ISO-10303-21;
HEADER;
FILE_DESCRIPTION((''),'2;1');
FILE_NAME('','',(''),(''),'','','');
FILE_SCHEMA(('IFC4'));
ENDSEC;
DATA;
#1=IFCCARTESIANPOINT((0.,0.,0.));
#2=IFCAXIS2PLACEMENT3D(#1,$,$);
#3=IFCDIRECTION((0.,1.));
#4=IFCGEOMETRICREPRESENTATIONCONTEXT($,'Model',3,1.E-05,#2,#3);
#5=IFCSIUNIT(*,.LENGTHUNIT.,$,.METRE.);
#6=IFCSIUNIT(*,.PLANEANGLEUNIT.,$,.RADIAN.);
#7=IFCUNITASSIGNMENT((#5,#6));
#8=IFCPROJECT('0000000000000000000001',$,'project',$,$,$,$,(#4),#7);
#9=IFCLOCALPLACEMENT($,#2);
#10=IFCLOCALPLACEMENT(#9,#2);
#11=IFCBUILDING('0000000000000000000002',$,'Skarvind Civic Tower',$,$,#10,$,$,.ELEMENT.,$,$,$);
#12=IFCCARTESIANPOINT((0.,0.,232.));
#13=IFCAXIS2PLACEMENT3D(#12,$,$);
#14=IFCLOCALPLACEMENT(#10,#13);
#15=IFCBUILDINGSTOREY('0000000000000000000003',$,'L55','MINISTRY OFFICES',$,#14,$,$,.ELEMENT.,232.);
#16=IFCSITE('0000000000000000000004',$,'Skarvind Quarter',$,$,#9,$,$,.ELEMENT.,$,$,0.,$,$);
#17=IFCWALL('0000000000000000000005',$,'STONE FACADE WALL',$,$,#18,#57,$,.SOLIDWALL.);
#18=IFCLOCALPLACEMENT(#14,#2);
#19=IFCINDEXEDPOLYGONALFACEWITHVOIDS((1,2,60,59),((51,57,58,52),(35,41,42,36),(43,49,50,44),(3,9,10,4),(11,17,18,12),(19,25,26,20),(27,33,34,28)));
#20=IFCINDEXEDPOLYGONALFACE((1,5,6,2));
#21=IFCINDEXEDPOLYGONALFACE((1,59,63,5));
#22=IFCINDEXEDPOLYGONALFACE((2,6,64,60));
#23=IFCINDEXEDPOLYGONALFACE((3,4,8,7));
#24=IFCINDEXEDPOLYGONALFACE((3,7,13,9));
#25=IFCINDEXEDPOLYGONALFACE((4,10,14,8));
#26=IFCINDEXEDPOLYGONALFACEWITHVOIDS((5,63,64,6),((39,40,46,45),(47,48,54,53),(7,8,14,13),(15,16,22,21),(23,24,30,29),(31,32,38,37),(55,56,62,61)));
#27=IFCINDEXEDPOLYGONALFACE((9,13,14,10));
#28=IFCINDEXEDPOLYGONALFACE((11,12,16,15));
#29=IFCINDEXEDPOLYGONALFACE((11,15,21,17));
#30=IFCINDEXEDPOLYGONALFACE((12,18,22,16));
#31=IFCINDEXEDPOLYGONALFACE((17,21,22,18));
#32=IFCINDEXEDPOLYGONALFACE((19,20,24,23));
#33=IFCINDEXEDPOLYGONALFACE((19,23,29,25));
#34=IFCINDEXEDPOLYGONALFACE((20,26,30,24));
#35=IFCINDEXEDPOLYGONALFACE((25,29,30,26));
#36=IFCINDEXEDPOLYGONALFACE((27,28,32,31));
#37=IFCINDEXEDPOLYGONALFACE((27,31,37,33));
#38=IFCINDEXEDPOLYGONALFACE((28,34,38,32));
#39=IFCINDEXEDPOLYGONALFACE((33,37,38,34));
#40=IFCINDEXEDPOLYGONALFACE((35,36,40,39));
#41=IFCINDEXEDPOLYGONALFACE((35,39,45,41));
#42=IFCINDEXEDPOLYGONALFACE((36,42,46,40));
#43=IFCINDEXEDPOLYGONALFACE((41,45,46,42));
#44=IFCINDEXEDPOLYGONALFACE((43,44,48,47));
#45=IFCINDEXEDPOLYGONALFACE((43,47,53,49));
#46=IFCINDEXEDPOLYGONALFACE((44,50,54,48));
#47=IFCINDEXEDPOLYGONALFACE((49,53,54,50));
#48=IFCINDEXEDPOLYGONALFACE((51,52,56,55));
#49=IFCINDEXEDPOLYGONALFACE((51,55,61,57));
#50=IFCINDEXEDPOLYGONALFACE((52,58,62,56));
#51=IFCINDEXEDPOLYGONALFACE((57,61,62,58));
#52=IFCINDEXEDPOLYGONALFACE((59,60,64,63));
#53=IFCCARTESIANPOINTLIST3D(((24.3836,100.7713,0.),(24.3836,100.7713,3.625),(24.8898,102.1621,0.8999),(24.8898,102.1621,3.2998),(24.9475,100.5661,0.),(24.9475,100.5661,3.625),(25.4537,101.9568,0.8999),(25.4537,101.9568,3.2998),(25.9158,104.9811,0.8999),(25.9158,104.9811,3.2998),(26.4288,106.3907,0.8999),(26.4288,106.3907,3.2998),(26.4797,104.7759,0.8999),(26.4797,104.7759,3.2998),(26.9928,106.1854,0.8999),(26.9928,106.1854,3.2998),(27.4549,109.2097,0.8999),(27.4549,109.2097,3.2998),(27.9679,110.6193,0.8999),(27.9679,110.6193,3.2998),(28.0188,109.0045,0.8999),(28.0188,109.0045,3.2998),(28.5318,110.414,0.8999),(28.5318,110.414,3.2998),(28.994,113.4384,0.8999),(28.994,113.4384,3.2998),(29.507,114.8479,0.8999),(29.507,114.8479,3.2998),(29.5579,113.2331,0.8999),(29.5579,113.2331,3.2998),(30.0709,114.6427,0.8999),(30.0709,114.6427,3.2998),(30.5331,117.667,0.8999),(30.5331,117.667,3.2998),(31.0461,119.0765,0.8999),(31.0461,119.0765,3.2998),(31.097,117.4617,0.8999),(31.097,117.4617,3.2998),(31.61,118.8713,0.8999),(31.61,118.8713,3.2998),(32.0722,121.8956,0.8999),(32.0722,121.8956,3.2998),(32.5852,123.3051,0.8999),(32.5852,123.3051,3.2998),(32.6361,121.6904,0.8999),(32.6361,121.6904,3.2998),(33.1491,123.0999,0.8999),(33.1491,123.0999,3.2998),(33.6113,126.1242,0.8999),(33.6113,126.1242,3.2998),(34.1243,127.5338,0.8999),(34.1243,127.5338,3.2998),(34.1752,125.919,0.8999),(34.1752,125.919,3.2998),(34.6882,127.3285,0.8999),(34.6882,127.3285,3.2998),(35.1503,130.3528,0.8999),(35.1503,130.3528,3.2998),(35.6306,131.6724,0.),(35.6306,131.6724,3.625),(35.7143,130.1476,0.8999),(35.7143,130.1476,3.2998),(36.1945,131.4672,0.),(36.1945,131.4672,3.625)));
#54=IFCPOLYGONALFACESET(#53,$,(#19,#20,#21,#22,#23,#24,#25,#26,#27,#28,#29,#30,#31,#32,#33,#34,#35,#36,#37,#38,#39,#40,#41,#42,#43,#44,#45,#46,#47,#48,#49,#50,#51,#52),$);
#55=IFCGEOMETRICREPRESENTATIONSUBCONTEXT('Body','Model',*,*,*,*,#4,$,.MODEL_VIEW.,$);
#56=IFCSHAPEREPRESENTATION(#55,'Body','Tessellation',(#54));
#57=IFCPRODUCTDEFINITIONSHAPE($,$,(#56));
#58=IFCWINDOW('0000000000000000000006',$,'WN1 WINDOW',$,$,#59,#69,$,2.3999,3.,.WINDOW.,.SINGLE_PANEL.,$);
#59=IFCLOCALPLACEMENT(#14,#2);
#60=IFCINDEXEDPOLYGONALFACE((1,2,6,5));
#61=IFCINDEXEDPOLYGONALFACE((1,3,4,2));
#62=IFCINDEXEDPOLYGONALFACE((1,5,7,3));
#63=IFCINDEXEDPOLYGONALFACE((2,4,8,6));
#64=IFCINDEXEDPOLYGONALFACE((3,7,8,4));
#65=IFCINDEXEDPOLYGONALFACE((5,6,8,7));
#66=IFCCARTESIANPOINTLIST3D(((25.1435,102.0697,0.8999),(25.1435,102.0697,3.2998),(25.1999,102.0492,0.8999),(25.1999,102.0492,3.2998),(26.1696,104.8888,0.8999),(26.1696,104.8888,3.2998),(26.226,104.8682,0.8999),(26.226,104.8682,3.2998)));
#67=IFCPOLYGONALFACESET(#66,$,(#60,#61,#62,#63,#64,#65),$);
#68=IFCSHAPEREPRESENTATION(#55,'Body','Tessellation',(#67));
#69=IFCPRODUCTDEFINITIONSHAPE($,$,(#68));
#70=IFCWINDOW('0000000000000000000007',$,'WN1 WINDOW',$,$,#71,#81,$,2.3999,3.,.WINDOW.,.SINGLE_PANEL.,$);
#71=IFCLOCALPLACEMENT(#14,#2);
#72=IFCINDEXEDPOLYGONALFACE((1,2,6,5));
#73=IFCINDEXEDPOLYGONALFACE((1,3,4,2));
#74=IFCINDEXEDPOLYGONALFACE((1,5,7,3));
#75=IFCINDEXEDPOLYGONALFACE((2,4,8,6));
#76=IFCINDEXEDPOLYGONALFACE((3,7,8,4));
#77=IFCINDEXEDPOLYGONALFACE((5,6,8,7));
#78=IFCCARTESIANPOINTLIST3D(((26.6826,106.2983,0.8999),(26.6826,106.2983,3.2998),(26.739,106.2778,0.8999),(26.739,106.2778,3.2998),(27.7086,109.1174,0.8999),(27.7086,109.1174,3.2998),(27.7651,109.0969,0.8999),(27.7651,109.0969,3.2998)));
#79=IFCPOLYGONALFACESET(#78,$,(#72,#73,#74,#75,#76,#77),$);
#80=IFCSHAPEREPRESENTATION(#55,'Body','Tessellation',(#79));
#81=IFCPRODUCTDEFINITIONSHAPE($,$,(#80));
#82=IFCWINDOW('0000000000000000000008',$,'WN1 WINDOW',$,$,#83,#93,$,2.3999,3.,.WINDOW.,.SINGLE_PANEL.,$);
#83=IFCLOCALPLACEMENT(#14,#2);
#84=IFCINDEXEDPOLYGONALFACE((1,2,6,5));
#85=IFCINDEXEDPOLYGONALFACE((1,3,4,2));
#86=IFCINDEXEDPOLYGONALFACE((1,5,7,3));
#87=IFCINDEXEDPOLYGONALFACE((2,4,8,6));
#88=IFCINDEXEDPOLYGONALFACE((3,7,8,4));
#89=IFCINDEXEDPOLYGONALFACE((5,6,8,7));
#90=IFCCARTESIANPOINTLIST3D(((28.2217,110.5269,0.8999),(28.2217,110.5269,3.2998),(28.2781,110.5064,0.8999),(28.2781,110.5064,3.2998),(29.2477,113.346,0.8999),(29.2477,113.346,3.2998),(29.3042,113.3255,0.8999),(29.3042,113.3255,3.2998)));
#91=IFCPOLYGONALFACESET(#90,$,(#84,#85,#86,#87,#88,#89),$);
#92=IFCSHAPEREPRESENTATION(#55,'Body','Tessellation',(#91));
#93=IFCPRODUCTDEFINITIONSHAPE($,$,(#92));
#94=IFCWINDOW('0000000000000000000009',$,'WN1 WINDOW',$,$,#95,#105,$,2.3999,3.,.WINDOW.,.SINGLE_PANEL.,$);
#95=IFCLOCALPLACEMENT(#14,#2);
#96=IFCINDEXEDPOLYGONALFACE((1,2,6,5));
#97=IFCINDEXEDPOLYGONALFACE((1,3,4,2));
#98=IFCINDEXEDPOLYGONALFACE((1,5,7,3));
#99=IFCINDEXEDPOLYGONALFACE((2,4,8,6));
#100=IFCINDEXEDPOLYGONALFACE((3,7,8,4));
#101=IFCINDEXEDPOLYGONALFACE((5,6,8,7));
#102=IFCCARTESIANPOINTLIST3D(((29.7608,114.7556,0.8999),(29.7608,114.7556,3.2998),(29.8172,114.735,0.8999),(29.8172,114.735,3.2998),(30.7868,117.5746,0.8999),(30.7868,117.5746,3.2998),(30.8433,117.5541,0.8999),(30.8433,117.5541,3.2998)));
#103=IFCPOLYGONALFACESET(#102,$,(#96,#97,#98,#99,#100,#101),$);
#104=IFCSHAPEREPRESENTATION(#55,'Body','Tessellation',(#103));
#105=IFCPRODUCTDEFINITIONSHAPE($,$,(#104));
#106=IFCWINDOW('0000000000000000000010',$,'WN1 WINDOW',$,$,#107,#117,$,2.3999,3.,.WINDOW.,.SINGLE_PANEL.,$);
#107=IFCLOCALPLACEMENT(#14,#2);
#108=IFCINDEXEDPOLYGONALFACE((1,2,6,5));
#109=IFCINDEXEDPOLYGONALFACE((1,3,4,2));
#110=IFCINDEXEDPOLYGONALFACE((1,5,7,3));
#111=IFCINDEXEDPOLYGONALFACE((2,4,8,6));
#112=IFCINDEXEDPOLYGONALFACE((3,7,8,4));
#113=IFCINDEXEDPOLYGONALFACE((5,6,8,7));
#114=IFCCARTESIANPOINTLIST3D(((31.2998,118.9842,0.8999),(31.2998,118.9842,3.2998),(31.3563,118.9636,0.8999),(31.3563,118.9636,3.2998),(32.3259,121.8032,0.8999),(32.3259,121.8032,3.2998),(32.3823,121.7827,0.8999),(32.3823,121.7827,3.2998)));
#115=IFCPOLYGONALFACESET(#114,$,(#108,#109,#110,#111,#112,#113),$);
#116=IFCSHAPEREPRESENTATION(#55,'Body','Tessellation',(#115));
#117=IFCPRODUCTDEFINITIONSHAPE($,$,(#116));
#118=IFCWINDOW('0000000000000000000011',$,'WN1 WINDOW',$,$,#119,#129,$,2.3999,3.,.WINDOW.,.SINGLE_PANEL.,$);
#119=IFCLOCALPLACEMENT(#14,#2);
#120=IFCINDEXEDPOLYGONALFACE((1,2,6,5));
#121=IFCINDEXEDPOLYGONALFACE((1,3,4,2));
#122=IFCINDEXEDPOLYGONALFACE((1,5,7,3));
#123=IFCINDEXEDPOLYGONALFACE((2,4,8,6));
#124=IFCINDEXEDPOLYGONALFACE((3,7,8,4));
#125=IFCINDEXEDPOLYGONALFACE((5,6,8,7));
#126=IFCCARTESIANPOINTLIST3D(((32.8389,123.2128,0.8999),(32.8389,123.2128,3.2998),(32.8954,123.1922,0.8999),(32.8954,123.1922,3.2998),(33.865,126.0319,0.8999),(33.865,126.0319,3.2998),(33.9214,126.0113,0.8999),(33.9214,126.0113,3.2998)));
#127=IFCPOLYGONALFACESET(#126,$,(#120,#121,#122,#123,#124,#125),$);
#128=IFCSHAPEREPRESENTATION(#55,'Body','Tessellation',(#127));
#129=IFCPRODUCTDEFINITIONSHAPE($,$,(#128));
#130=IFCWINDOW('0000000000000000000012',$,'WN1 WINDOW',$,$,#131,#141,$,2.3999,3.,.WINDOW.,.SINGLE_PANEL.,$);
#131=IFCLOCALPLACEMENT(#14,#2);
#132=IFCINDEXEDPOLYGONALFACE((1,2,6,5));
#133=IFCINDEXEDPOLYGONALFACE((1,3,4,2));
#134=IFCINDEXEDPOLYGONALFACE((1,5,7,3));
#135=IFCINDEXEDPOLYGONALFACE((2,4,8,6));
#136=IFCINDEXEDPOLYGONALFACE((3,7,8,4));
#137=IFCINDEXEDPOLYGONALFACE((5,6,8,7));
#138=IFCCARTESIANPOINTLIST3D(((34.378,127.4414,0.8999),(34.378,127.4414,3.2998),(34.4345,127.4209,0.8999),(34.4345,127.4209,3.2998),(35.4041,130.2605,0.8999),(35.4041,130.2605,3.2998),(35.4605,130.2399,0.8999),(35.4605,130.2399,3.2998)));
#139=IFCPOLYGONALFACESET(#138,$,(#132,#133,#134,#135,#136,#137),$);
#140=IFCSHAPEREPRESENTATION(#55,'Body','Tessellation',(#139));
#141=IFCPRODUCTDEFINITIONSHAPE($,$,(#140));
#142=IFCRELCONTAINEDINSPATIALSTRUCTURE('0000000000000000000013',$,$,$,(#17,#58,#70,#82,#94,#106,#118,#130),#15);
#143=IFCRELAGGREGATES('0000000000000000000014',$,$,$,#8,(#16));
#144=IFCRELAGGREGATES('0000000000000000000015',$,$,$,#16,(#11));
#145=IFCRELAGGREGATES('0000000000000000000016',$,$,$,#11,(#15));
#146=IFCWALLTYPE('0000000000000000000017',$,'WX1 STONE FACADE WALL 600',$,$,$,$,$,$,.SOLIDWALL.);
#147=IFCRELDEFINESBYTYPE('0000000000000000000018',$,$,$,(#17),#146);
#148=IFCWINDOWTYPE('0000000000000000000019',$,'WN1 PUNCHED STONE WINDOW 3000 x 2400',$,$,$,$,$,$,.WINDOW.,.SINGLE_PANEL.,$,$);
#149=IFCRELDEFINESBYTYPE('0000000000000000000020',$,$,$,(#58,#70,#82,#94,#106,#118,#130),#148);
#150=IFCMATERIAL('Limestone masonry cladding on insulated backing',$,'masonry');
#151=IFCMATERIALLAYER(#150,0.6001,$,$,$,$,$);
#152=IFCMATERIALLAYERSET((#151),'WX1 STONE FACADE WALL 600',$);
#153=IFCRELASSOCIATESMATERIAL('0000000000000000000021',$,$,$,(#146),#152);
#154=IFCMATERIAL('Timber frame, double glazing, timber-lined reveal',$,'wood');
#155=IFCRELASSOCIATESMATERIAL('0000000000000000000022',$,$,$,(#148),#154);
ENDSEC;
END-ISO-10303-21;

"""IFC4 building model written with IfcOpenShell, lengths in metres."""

from ifc_helpers import new_model, si_unit, direction, frame, frame_2d, origin, place, context, subcontext, project, spatial, rectangle, extrude, material, layer, layer_set, type_object, element, fill, save


model = new_model("IFC4")

# Units and contexts
model_context = context("Model", 3, precision=1e-05, world=origin(), true_north=direction((0.0, 1.0)))
body_context = subcontext(model_context, "Body", "Model", "MODEL_VIEW")
ifc_project = project(units=[si_unit("LENGTHUNIT", "METRE"), si_unit("PLANEANGLEUNIT", "RADIAN")], contexts=[model_context])

# Site, building, storey
site_placement = place(None, origin())
site = spatial("IfcSite", under=ifc_project, at=site_placement, Name="Skarvind Quarter", CompositionType="ELEMENT", RefElevation=0.0)
building_placement = place(site_placement, origin())
building = spatial("IfcBuilding", under=site, at=building_placement, Name="Skarvind Civic Tower", CompositionType="ELEMENT")
storey_placement = place(building_placement, frame((0.0, 0.0, 232.0)))
storey = spatial("IfcBuildingStorey", under=building, at=storey_placement, Name="L55", Description="MINISTRY OFFICES", CompositionType="ELEMENT", Elevation=232.0)

# Wall, openings, windows
ifc_material_1 = material(Name="Limestone masonry cladding on insulated backing", Category="masonry")
ifc_layer_1 = layer(ifc_material_1, 0.6001)
ifc_layer_set_1 = layer_set([ifc_layer_1], Name="WX1 STONE FACADE WALL 600")
wall_type_1 = type_object("IfcWallType", Name="WX1 STONE FACADE WALL 600", PredefinedType="SOLIDWALL", material=ifc_layer_set_1)
wall_1_placement = place(storey_placement, frame((24.6655, 100.6687, 0.0), z_axis=(0.0, 0.0, 1.0), x_axis=(0.34202, 0.939693, 0.0)))
wall_1 = element("IfcWall", 1, at=wall_1_placement, inside=storey, type_object=wall_type_1, Name="STONE FACADE WALL", PredefinedType="SOLIDWALL", context=body_context, shape_type="SweptSolid", body=[
    extrude(rectangle(XDim=32.8843, YDim=0.6001, at=frame_2d((16.4421, 0.0))), origin(), (0.0, 0.0, 1.0), 3.625),
])
opening_1_placement = place(wall_1_placement, frame((1.48, 0.0, 0.8999)))
opening_1 = element("IfcOpeningElement", 2, at=opening_1_placement, cuts=wall_1, PredefinedType="OPENING", context=body_context, shape_type="SweptSolid", body=[
    extrude(rectangle(XDim=3.0, YDim=2.3999, at=frame_2d((1.5, 1.2))), frame((0.0, 0.3101, 0.0), z_axis=(0.0, -1.0, 0.0), x_axis=(1.0, 0.0, 0.0)), (0.0, 0.0, 1.0), 0.6201),
])
opening_2_placement = place(wall_1_placement, frame((5.98, 0.0, 0.8999)))
opening_2 = element("IfcOpeningElement", 3, at=opening_2_placement, cuts=wall_1, PredefinedType="OPENING", context=body_context, shape_type="SweptSolid", body=[
    extrude(rectangle(XDim=3.0, YDim=2.3999, at=frame_2d((1.5, 1.2))), frame((0.0, 0.3101, 0.0), z_axis=(0.0, -1.0, 0.0), x_axis=(1.0, 0.0, 0.0)), (0.0, 0.0, 1.0), 0.6201),
])
opening_3_placement = place(wall_1_placement, frame((10.48, 0.0, 0.8999)))
opening_3 = element("IfcOpeningElement", 4, at=opening_3_placement, cuts=wall_1, PredefinedType="OPENING", context=body_context, shape_type="SweptSolid", body=[
    extrude(rectangle(XDim=3.0, YDim=2.3999, at=frame_2d((1.5, 1.2))), frame((0.0, 0.3101, 0.0), z_axis=(0.0, -1.0, 0.0), x_axis=(1.0, 0.0, 0.0)), (0.0, 0.0, 1.0), 0.6201),
])
opening_4_placement = place(wall_1_placement, frame((14.98, 0.0, 0.8999)))
opening_4 = element("IfcOpeningElement", 5, at=opening_4_placement, cuts=wall_1, PredefinedType="OPENING", context=body_context, shape_type="SweptSolid", body=[
    extrude(rectangle(XDim=3.0, YDim=2.3999, at=frame_2d((1.5, 1.2))), frame((0.0, 0.3101, 0.0), z_axis=(0.0, -1.0, 0.0), x_axis=(1.0, 0.0, 0.0)), (0.0, 0.0, 1.0), 0.6201),
])
opening_5_placement = place(wall_1_placement, frame((19.48, 0.0, 0.8999)))
opening_5 = element("IfcOpeningElement", 6, at=opening_5_placement, cuts=wall_1, PredefinedType="OPENING", context=body_context, shape_type="SweptSolid", body=[
    extrude(rectangle(XDim=3.0, YDim=2.3999, at=frame_2d((1.5, 1.2))), frame((0.0, 0.3101, 0.0), z_axis=(0.0, -1.0, 0.0), x_axis=(1.0, 0.0, 0.0)), (0.0, 0.0, 1.0), 0.6201),
])
opening_6_placement = place(wall_1_placement, frame((23.98, 0.0, 0.8999)))
opening_6 = element("IfcOpeningElement", 7, at=opening_6_placement, cuts=wall_1, PredefinedType="OPENING", context=body_context, shape_type="SweptSolid", body=[
    extrude(rectangle(XDim=3.0, YDim=2.3999, at=frame_2d((1.5, 1.2))), frame((0.0, 0.3101, 0.0), z_axis=(0.0, -1.0, 0.0), x_axis=(1.0, 0.0, 0.0)), (0.0, 0.0, 1.0), 0.6201),
])
opening_7_placement = place(wall_1_placement, frame((28.48, 0.0, 0.8999)))
opening_7 = element("IfcOpeningElement", 8, at=opening_7_placement, cuts=wall_1, PredefinedType="OPENING", context=body_context, shape_type="SweptSolid", body=[
    extrude(rectangle(XDim=3.0, YDim=2.3999, at=frame_2d((1.5, 1.2))), frame((0.0, 0.3101, 0.0), z_axis=(0.0, -1.0, 0.0), x_axis=(1.0, 0.0, 0.0)), (0.0, 0.0, 1.0), 0.6201),
])
ifc_material_2 = material(Name="Timber frame, double glazing, timber-lined reveal", Category="wood")
window_type = type_object("IfcWindowType", Name="WN1 PUNCHED STONE WINDOW 3000 x 2400", PartitioningType="SINGLE_PANEL", PredefinedType="WINDOW", material=ifc_material_2)
window_1_placement = place(opening_1_placement, origin())
window_1 = element("IfcWindow", 9, at=window_1_placement, inside=storey, type_object=window_type, Name="WN1 WINDOW", OverallHeight=2.3999, OverallWidth=3.0, PartitioningType="SINGLE_PANEL", PredefinedType="WINDOW", context=body_context, shape_type="SweptSolid", body=[
    extrude(rectangle(XDim=3.0, YDim=2.3999, at=frame_2d((1.5, 1.2))), frame((0.0, 0.03, 0.0), z_axis=(0.0, -1.0, 0.0), x_axis=(1.0, 0.0, 0.0)), (0.0, 0.0, 1.0), 0.0601),
])
fill(opening_1, window_1)
window_2_placement = place(opening_2_placement, origin())
window_2 = element("IfcWindow", 10, at=window_2_placement, inside=storey, type_object=window_type, Name="WN1 WINDOW", OverallHeight=2.3999, OverallWidth=3.0, PartitioningType="SINGLE_PANEL", PredefinedType="WINDOW", context=body_context, shape_type="SweptSolid", body=[
    extrude(rectangle(XDim=3.0, YDim=2.3999, at=frame_2d((1.5, 1.2))), frame((0.0, 0.03, 0.0), z_axis=(0.0, -1.0, 0.0), x_axis=(1.0, 0.0, 0.0)), (0.0, 0.0, 1.0), 0.0601),
])
fill(opening_2, window_2)
window_3_placement = place(opening_3_placement, origin())
window_3 = element("IfcWindow", 11, at=window_3_placement, inside=storey, type_object=window_type, Name="WN1 WINDOW", OverallHeight=2.3999, OverallWidth=3.0, PartitioningType="SINGLE_PANEL", PredefinedType="WINDOW", context=body_context, shape_type="SweptSolid", body=[
    extrude(rectangle(XDim=3.0, YDim=2.3999, at=frame_2d((1.5, 1.2))), frame((0.0, 0.03, 0.0), z_axis=(0.0, -1.0, 0.0), x_axis=(1.0, 0.0, 0.0)), (0.0, 0.0, 1.0), 0.0601),
])
fill(opening_3, window_3)
window_4_placement = place(opening_4_placement, origin())
window_4 = element("IfcWindow", 12, at=window_4_placement, inside=storey, type_object=window_type, Name="WN1 WINDOW", OverallHeight=2.3999, OverallWidth=3.0, PartitioningType="SINGLE_PANEL", PredefinedType="WINDOW", context=body_context, shape_type="SweptSolid", body=[
    extrude(rectangle(XDim=3.0, YDim=2.3999, at=frame_2d((1.5, 1.2))), frame((0.0, 0.03, 0.0), z_axis=(0.0, -1.0, 0.0), x_axis=(1.0, 0.0, 0.0)), (0.0, 0.0, 1.0), 0.0601),
])
fill(opening_4, window_4)
window_5_placement = place(opening_5_placement, origin())
window_5 = element("IfcWindow", 13, at=window_5_placement, inside=storey, type_object=window_type, Name="WN1 WINDOW", OverallHeight=2.3999, OverallWidth=3.0, PartitioningType="SINGLE_PANEL", PredefinedType="WINDOW", context=body_context, shape_type="SweptSolid", body=[
    extrude(rectangle(XDim=3.0, YDim=2.3999, at=frame_2d((1.5, 1.2))), frame((0.0, 0.03, 0.0), z_axis=(0.0, -1.0, 0.0), x_axis=(1.0, 0.0, 0.0)), (0.0, 0.0, 1.0), 0.0601),
])
fill(opening_5, window_5)
window_6_placement = place(opening_6_placement, origin())
window_6 = element("IfcWindow", 14, at=window_6_placement, inside=storey, type_object=window_type, Name="WN1 WINDOW", OverallHeight=2.3999, OverallWidth=3.0, PartitioningType="SINGLE_PANEL", PredefinedType="WINDOW", context=body_context, shape_type="SweptSolid", body=[
    extrude(rectangle(XDim=3.0, YDim=2.3999, at=frame_2d((1.5, 1.2))), frame((0.0, 0.03, 0.0), z_axis=(0.0, -1.0, 0.0), x_axis=(1.0, 0.0, 0.0)), (0.0, 0.0, 1.0), 0.0601),
])
fill(opening_6, window_6)
window_7_placement = place(opening_7_placement, origin())
window_7 = element("IfcWindow", 15, at=window_7_placement, inside=storey, type_object=window_type, Name="WN1 WINDOW", OverallHeight=2.3999, OverallWidth=3.0, PartitioningType="SINGLE_PANEL", PredefinedType="WINDOW", context=body_context, shape_type="SweptSolid", body=[
    extrude(rectangle(XDim=3.0, YDim=2.3999, at=frame_2d((1.5, 1.2))), frame((0.0, 0.03, 0.0), z_axis=(0.0, -1.0, 0.0), x_axis=(1.0, 0.0, 0.0)), (0.0, 0.0, 1.0), 0.0601),
])
fill(opening_7, window_7)

save(model, "model.ifc")
